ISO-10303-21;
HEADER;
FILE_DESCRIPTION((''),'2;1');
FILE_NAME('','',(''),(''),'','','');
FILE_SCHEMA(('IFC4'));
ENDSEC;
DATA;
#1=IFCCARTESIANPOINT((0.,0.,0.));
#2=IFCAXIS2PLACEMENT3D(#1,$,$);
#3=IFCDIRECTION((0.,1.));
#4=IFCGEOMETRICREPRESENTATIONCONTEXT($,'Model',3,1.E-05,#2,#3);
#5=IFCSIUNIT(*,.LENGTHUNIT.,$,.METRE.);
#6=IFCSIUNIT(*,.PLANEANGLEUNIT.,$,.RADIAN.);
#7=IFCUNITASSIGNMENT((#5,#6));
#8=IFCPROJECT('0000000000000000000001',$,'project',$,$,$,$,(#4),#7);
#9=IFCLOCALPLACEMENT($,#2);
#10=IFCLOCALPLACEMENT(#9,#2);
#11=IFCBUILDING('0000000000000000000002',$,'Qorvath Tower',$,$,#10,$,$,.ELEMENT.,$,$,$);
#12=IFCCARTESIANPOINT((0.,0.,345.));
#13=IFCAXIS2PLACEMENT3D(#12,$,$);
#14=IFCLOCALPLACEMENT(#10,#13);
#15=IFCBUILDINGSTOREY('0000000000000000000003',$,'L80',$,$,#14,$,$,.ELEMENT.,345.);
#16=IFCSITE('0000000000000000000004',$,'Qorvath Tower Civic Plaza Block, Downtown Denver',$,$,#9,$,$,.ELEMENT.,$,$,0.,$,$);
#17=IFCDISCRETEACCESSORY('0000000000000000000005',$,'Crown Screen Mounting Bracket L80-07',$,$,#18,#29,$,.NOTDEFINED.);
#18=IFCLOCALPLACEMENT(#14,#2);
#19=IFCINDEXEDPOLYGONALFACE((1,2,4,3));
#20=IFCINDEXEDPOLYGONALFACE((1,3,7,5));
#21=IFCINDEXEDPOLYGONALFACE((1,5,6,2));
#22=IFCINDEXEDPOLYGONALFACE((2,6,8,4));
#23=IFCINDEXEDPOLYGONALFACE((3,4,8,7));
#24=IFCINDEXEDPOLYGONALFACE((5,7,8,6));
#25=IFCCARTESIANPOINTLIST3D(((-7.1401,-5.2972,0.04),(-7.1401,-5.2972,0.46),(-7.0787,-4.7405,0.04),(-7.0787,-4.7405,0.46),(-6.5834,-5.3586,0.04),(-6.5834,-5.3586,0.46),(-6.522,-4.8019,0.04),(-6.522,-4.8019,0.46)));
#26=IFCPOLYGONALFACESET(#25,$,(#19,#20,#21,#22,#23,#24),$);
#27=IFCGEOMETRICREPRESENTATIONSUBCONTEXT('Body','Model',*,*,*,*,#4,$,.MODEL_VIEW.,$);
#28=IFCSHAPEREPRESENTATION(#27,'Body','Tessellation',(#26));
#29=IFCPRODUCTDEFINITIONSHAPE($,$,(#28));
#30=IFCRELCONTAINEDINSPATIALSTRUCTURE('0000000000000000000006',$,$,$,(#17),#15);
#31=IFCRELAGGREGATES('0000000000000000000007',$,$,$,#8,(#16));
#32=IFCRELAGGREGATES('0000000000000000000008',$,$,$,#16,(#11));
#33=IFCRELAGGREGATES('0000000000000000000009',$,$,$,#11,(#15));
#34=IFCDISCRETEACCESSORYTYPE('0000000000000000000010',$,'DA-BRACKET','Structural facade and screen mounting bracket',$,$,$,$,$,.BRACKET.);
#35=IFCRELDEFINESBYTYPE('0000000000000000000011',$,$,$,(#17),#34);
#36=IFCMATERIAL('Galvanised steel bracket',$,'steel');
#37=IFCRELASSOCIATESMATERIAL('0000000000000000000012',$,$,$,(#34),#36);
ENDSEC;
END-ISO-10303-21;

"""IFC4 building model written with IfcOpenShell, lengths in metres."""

from ifc_helpers import new_model, si_unit, direction, frame, origin, origin_2d, place, context, subcontext, project, spatial, rectangle, extrude, material, type_object, element, save


model = new_model("IFC4")

# Units and contexts
model_context = context("Model", 3, precision=1e-05, world=origin(), true_north=direction((0.0, 1.0)))
body_context = subcontext(model_context, "Body", "Model", "MODEL_VIEW")
ifc_project = project(units=[si_unit("LENGTHUNIT", "METRE"), si_unit("PLANEANGLEUNIT", "RADIAN")], contexts=[model_context])

# Site, building, storey
site_placement = place(None, origin())
site = spatial("IfcSite", under=ifc_project, at=site_placement, Name="Qorvath Tower Civic Plaza Block, Downtown Denver", CompositionType="ELEMENT", RefElevation=0.0)
building_placement = place(site_placement, origin())
building = spatial("IfcBuilding", under=site, at=building_placement, Name="Qorvath Tower", CompositionType="ELEMENT")
storey_placement = place(building_placement, frame((0.0, 0.0, 345.0)))
storey = spatial("IfcBuildingStorey", under=building, at=storey_placement, Name="L80", CompositionType="ELEMENT", Elevation=345.0)

# Discrete accessory
ifc_material_1 = material(Name="Galvanised steel bracket", Category="steel")
discrete_accessory_type = type_object("IfcDiscreteAccessoryType", Name="DA-BRACKET", Description="Structural facade and screen mounting bracket", PredefinedType="BRACKET", material=ifc_material_1)
for number, where, z_axis, x_axis, name in (
    (1, (-6.8311, -5.0496, 0.04), (0.0, 0.0, 1.0), (0.10957, 0.993979, 0.0), "Crown Screen Mounting Bracket L80-07"),
):
    element("IfcDiscreteAccessory", number, at=place(storey_placement, frame(where, z_axis=z_axis, x_axis=x_axis)), inside=storey, type_object=discrete_accessory_type, Name=name, PredefinedType="NOTDEFINED", context=body_context, shape_type="SweptSolid", body=[
        extrude(rectangle(XDim=0.5601, YDim=0.5601, at=origin_2d()), origin(), (0.0, 0.0, 1.0), 0.4199),
    ])

save(model, "model.ifc")
